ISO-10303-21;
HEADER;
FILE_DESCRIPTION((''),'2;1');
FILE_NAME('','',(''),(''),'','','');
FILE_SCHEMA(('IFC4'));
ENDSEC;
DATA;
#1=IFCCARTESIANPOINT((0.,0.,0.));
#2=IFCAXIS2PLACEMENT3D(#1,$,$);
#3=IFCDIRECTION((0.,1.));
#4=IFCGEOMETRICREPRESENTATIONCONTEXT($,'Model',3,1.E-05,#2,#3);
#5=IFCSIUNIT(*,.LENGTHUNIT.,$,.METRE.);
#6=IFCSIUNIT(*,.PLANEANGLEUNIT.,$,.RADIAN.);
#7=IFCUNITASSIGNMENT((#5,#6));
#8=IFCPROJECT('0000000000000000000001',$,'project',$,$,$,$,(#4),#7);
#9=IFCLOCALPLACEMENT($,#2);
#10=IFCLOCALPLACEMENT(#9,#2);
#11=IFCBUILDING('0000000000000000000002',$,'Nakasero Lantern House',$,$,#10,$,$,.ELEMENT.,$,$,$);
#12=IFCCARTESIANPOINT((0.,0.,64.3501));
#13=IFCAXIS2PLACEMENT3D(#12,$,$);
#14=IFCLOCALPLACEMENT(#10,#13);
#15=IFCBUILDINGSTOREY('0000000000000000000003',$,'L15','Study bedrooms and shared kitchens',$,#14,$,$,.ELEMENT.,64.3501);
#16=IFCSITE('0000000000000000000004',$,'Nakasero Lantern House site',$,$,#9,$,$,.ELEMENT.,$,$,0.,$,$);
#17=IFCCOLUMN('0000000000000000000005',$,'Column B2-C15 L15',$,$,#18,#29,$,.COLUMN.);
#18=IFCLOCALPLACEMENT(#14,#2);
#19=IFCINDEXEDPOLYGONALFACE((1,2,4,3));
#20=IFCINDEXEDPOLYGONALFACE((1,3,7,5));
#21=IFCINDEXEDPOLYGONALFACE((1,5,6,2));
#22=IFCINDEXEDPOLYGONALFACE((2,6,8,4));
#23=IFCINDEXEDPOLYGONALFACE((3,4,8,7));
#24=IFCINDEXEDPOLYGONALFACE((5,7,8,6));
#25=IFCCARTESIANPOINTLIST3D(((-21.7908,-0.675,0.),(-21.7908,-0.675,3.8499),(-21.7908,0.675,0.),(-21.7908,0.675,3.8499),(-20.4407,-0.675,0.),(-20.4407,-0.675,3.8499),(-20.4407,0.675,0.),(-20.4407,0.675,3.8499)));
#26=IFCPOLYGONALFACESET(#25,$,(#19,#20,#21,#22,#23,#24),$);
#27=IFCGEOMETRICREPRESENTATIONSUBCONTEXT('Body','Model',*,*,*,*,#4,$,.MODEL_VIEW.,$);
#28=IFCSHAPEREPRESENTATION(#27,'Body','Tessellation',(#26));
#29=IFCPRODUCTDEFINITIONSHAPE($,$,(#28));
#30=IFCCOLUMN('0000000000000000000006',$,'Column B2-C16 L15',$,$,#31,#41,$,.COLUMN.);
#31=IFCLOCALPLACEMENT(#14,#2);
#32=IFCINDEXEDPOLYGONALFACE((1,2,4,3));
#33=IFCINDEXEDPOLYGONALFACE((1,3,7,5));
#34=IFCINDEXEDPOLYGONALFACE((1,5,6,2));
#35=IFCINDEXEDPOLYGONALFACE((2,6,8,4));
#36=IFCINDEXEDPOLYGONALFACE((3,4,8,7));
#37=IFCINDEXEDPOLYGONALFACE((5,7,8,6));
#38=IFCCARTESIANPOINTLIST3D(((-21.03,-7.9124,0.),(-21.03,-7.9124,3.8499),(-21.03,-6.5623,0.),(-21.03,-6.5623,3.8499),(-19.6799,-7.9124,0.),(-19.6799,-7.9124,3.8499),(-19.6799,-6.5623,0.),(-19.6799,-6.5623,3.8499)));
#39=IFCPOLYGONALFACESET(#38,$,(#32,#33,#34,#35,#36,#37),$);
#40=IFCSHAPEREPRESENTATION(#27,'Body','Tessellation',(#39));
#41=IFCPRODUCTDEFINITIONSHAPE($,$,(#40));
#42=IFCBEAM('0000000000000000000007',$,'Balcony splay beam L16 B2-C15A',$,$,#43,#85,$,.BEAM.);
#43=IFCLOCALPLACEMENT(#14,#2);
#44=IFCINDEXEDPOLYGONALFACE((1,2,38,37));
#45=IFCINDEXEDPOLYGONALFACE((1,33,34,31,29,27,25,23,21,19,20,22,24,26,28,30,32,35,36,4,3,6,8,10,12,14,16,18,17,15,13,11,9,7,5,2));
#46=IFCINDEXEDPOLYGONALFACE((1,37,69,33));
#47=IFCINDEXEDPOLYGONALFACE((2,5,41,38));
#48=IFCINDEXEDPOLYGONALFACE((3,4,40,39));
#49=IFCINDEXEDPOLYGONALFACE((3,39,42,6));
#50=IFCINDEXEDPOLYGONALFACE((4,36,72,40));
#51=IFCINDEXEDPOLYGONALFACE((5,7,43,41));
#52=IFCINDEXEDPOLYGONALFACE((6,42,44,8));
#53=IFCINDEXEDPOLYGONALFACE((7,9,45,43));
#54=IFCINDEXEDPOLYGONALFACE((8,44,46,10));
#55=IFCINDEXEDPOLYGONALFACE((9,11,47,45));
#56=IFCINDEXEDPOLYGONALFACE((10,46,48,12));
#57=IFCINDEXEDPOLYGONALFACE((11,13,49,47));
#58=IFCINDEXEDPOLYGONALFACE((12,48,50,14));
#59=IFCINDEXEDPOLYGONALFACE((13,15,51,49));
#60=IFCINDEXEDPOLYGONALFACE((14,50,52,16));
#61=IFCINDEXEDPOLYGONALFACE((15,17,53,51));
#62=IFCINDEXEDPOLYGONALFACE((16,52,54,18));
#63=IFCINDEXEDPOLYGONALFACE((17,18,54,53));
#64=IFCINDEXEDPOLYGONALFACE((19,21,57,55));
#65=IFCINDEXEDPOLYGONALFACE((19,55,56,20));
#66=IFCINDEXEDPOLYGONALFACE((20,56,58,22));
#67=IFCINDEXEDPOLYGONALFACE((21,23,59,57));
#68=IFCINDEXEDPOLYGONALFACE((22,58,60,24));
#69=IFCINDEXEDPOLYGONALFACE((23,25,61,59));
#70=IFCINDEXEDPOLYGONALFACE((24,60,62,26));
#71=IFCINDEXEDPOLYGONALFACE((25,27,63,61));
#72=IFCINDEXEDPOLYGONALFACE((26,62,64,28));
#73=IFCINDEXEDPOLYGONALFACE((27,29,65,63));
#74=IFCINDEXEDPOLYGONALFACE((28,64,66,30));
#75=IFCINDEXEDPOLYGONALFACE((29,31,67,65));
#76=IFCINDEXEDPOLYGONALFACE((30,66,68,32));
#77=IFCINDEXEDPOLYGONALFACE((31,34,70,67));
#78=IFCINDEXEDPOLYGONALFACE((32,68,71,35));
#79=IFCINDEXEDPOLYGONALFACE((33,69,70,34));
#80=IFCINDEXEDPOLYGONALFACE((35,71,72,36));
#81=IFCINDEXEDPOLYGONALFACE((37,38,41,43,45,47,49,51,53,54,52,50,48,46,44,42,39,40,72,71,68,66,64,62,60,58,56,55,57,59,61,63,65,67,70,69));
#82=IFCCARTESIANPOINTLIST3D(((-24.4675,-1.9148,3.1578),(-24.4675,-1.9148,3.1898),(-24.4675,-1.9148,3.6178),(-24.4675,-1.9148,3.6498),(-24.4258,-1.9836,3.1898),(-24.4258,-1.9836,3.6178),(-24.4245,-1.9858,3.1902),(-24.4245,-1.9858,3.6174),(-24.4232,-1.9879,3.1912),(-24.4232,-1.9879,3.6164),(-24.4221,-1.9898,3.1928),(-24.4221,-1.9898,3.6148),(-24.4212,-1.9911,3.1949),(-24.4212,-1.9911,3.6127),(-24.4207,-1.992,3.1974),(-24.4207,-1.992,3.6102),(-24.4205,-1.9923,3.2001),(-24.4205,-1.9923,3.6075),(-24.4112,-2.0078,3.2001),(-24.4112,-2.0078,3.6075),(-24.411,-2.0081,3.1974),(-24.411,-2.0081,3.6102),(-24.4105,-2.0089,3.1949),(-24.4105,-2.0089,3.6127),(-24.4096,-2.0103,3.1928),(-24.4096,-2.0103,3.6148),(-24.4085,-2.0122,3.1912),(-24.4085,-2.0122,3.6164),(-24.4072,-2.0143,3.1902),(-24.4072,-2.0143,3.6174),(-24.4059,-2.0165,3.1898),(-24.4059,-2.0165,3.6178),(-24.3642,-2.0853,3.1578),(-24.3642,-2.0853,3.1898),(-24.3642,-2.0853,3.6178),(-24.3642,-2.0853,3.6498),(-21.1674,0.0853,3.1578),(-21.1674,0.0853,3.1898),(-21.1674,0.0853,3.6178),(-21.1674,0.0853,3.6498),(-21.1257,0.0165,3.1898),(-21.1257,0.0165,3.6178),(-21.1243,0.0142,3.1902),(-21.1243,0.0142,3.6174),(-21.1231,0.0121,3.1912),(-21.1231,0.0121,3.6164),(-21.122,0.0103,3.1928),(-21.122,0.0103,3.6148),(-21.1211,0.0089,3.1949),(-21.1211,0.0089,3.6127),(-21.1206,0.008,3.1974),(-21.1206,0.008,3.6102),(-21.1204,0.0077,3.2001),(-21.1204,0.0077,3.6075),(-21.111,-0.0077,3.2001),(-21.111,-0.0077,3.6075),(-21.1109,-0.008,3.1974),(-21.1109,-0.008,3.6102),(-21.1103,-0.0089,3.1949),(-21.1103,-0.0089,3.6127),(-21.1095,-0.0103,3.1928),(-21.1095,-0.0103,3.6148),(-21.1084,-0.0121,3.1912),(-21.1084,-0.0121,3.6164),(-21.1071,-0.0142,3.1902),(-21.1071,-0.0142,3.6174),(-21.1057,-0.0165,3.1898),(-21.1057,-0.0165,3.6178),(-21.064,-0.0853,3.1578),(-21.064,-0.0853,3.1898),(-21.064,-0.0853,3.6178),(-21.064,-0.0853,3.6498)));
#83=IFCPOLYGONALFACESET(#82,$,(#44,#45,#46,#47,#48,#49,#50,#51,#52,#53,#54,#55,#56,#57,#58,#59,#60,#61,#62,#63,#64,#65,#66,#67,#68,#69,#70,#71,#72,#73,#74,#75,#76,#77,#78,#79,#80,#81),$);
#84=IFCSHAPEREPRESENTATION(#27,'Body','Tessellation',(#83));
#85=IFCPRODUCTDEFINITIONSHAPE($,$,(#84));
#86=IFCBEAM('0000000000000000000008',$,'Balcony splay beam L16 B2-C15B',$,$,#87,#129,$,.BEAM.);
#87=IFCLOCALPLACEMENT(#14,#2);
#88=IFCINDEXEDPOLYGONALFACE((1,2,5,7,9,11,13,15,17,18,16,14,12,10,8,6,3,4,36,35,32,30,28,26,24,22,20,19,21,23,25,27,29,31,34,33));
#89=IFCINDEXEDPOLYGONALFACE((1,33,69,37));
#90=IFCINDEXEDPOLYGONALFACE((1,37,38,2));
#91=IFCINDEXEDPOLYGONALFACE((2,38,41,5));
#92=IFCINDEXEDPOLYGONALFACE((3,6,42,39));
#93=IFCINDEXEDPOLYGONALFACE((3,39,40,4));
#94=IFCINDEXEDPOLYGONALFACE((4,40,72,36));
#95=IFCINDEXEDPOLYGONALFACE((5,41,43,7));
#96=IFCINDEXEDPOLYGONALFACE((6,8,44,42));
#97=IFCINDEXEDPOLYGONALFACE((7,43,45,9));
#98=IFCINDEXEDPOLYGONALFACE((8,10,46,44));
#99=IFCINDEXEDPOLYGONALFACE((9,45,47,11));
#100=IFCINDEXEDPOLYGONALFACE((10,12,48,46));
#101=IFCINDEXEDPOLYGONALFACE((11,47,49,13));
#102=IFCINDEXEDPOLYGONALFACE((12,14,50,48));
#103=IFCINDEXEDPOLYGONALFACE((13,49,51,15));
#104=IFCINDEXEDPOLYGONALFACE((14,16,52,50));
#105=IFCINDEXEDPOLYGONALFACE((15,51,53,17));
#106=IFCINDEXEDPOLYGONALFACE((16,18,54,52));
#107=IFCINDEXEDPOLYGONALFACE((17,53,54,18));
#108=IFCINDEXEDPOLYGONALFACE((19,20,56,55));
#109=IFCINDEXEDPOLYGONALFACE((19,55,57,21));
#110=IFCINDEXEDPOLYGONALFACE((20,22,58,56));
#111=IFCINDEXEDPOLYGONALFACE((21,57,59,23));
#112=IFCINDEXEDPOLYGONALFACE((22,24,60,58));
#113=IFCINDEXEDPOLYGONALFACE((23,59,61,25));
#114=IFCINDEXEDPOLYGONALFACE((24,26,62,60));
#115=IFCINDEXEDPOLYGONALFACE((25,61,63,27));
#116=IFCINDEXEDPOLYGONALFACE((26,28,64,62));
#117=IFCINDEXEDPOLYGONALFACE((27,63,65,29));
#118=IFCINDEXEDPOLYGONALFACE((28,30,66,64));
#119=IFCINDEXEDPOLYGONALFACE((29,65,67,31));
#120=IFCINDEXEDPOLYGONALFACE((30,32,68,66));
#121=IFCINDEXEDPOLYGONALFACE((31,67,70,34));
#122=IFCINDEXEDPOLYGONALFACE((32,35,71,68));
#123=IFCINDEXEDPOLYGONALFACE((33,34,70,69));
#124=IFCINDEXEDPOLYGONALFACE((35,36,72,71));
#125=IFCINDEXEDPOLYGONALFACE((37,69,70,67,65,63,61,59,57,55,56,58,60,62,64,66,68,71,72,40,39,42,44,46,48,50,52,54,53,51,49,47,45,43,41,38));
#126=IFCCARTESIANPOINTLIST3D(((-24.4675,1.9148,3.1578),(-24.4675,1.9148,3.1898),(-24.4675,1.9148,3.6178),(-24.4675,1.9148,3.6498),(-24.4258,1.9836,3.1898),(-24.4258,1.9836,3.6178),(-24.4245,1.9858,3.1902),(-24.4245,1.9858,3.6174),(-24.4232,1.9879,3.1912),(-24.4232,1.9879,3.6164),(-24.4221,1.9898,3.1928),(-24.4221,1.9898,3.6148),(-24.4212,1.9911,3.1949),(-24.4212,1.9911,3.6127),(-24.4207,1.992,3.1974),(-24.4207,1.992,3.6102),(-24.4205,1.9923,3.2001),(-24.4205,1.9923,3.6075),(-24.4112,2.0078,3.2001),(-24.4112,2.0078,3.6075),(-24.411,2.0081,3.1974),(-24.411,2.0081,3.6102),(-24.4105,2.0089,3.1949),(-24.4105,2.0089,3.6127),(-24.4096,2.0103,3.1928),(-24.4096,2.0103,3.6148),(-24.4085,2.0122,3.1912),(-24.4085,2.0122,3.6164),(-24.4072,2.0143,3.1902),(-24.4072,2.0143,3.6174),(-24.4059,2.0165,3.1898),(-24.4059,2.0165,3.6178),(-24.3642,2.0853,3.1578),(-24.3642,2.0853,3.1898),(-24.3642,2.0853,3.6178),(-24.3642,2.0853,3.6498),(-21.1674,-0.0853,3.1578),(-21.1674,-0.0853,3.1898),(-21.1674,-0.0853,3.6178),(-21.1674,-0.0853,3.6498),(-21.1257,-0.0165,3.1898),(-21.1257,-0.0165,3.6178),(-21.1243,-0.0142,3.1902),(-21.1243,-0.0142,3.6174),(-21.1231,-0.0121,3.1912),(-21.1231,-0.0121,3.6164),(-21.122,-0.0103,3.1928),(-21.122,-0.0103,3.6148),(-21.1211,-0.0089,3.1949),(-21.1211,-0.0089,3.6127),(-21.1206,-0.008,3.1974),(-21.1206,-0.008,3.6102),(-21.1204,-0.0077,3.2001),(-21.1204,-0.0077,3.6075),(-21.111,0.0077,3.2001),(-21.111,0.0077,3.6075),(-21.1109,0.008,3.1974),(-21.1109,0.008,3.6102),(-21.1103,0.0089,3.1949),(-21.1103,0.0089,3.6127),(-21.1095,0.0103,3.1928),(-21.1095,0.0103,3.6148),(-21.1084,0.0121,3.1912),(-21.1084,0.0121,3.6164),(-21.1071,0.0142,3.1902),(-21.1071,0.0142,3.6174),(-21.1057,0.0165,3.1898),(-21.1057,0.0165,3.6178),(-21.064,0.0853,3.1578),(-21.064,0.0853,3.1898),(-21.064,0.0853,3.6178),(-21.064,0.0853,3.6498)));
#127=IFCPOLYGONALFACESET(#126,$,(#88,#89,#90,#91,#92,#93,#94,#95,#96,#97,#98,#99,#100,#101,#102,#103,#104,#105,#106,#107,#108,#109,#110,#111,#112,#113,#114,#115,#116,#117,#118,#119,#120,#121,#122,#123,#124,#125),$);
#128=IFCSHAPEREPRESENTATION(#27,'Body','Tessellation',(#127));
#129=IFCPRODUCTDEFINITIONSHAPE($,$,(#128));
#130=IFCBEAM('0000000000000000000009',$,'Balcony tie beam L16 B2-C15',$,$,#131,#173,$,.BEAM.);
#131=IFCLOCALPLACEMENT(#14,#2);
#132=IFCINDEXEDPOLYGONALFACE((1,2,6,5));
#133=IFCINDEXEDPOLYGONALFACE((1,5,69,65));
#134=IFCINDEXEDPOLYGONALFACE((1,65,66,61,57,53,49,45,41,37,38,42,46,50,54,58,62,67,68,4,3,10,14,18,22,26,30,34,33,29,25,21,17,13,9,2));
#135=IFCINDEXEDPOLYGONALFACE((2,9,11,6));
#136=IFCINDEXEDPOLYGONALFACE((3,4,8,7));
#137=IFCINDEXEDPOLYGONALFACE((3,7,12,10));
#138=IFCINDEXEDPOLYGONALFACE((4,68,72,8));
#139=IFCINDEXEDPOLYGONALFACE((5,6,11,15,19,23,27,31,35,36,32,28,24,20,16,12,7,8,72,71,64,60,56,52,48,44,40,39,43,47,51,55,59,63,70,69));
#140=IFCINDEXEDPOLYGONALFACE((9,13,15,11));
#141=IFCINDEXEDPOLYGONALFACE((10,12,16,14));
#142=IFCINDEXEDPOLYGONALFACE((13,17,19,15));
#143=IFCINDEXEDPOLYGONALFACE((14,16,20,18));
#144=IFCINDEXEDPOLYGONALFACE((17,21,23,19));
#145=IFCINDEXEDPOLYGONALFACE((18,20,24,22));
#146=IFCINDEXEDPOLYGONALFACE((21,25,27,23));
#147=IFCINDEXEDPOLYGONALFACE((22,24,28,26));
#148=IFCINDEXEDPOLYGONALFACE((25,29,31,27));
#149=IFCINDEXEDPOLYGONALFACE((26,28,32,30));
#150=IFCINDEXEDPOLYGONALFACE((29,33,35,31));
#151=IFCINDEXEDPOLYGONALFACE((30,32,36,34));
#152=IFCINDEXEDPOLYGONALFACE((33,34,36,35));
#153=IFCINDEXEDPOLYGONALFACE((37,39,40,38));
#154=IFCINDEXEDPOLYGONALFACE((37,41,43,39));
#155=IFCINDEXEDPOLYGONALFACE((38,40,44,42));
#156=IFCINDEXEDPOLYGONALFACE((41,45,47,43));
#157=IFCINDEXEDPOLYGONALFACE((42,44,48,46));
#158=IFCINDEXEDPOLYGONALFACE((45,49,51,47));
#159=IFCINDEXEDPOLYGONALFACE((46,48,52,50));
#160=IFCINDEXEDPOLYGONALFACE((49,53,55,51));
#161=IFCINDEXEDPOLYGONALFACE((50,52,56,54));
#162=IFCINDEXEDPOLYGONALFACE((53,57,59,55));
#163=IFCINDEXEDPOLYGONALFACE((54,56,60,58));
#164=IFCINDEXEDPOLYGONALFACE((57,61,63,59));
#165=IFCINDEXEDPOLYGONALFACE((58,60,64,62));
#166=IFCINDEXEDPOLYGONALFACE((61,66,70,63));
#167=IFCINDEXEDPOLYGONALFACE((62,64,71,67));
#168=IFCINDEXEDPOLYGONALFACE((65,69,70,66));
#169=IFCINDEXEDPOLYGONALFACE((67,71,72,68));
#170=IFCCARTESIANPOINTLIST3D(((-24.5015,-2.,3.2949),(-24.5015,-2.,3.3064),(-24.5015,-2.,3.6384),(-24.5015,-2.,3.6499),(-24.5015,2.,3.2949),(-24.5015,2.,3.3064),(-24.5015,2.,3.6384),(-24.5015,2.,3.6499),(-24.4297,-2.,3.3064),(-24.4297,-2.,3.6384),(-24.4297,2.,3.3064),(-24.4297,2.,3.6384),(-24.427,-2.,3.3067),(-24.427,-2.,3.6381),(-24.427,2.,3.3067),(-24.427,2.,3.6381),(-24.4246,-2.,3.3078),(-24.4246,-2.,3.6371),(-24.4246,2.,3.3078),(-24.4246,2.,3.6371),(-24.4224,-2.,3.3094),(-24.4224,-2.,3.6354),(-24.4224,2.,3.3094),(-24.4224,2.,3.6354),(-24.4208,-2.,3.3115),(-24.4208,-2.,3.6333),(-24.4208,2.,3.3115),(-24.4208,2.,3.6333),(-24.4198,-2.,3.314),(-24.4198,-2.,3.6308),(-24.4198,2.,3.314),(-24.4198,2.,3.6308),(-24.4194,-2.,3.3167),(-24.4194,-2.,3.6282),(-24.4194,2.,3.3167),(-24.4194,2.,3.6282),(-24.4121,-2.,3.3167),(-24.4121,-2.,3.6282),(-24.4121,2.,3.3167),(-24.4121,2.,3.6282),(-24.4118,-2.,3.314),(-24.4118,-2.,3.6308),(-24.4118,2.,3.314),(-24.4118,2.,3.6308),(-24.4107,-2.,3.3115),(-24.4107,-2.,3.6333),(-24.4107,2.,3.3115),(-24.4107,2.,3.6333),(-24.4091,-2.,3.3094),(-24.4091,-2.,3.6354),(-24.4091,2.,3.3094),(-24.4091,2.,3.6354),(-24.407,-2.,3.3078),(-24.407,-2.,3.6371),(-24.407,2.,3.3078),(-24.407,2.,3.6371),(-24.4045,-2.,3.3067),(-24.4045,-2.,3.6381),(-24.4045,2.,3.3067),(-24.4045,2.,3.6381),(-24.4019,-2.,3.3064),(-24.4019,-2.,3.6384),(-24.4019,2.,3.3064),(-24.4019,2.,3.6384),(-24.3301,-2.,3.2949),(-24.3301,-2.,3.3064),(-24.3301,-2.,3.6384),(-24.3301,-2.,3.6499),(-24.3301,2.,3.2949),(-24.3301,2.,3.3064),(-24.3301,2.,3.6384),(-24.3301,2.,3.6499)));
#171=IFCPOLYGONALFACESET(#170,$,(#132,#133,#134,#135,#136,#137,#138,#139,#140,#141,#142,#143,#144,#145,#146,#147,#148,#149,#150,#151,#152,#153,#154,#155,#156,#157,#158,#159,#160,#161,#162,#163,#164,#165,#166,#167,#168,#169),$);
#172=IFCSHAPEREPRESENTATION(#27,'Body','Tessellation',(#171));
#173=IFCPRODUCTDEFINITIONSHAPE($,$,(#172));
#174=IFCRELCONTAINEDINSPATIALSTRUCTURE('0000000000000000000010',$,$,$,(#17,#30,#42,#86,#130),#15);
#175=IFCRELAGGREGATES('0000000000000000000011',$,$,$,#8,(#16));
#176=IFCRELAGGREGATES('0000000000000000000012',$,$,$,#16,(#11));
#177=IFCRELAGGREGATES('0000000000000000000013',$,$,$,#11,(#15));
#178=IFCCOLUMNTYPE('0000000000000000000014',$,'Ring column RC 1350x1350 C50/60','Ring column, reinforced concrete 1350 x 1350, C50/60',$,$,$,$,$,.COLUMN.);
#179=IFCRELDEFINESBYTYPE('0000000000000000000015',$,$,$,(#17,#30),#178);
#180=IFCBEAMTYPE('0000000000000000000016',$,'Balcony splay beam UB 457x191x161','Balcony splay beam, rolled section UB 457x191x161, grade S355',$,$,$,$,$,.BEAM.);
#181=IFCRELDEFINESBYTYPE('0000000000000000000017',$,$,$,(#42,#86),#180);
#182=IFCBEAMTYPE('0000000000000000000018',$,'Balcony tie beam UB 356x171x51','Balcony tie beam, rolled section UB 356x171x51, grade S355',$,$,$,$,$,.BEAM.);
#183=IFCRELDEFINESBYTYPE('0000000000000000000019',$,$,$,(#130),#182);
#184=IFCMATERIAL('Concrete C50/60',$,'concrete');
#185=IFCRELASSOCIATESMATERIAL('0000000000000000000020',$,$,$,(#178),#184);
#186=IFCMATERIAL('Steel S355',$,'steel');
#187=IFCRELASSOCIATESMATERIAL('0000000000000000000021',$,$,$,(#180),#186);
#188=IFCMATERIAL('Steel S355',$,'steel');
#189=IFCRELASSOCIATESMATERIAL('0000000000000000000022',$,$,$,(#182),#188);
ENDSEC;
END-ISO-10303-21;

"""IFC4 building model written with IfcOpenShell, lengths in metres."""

from ifc_helpers import new_model, si_unit, direction, frame, origin, origin_2d, place, context, subcontext, project, spatial, rectangle, i_section, extrude, material, material_profile, profile_set, type_object, element, save


model = new_model("IFC4")

# Units and contexts
model_context = context("Model", 3, precision=1e-05, world=origin(), true_north=direction((0.0, 1.0)))
body_context = subcontext(model_context, "Body", "Model", "MODEL_VIEW")
ifc_project = project(units=[si_unit("LENGTHUNIT", "METRE"), si_unit("PLANEANGLEUNIT", "RADIAN")], contexts=[model_context])

# Site, building, storey
site_placement = place(None, origin())
site = spatial("IfcSite", under=ifc_project, at=site_placement, Name="Nakasero Lantern House site", CompositionType="ELEMENT", RefElevation=0.0)
building_placement = place(site_placement, origin())
building = spatial("IfcBuilding", under=site, at=building_placement, Name="Nakasero Lantern House", CompositionType="ELEMENT")
storey_placement = place(building_placement, frame((0.0, 0.0, 64.3501)))
storey = spatial("IfcBuildingStorey", under=building, at=storey_placement, Name="L15", Description="Study bedrooms and shared kitchens", CompositionType="ELEMENT", Elevation=64.3501)

# Columns
ifc_material_1 = material(Name="Concrete C50/60", Category="concrete")
ifc_material_profile_1 = material_profile(ifc_material_1, rectangle(XDim=1.3501, YDim=1.3501, at=origin_2d()), Name="RC 1350x1350")
ifc_profile_set_1 = profile_set([ifc_material_profile_1], Name="Concrete C50/60")
column_type = type_object("IfcColumnType", Name="Ring column RC 1350x1350 C50/60", Description="Ring column, reinforced concrete 1350 x 1350, C50/60", PredefinedType="COLUMN", material=ifc_profile_set_1)
for number, where, z_axis, x_axis, name in (
    (1, (-21.1157, 0.0, 0.0), (0.0, 0.0, 1.0), (1.0, 0.0, 0.0), "Column B2-C15 L15"),
    (2, (-20.355, -7.2373, 0.0), (0.0, 0.0, 1.0), (1.0, 0.0, 0.0), "Column B2-C16 L15"),
):
    element("IfcColumn", number, at=place(storey_placement, frame(where, z_axis=z_axis, x_axis=x_axis)), inside=storey, type_object=column_type, Name=name, PredefinedType="COLUMN", context=body_context, shape_type="SweptSolid", body=[
        extrude(rectangle(XDim=1.3501, YDim=1.3501, at=origin_2d()), origin(), (0.0, 0.0, 1.0), 3.8499),
    ])

# Beams
ifc_material_2 = material(Name="Steel S355", Category="steel")
ifc_material_profile_2 = material_profile(ifc_material_2, i_section(OverallWidth=0.1995, OverallDepth=0.4919, WebThickness=0.0181, FlangeThickness=0.032, FilletRadius=0.0103, at=origin_2d()), Name="UB 457x191x161")
ifc_profile_set_2 = profile_set([ifc_material_profile_2], Name="Steel S355")
beam_type_1 = type_object("IfcBeamType", Name="Balcony splay beam UB 457x191x161", Description="Balcony splay beam, rolled section UB 457x191x161, grade S355", PredefinedType="BEAM", material=ifc_profile_set_2)
for number, where, z_axis, x_axis, name in (
    (3, (-21.1157, 0.0, 3.4038), (-0.855201, -0.518296, 0.0), (0.518296, -0.855201, 0.0), "Balcony splay beam L16 B2-C15A"),
    (4, (-21.1157, 0.0, 3.4038), (-0.855201, 0.518296, 0.0), (-0.518296, -0.855201, 0.0), "Balcony splay beam L16 B2-C15B"),
):
    element("IfcBeam", number, at=place(storey_placement, frame(where, z_axis=z_axis, x_axis=x_axis)), inside=storey, type_object=beam_type_1, Name=name, PredefinedType="BEAM", context=body_context, shape_type="SweptSolid", body=[
        extrude(i_section(OverallWidth=0.1995, OverallDepth=0.4919, WebThickness=0.0181, FlangeThickness=0.032, FilletRadius=0.0103, at=origin_2d()), origin(), (0.0, 0.0, 1.0), 3.8589),
    ])
ifc_material_3 = material(Name="Steel S355", Category="steel")
ifc_material_profile_3 = material_profile(ifc_material_3, i_section(OverallWidth=0.1714, OverallDepth=0.355, WebThickness=0.0073, FlangeThickness=0.0115, FilletRadius=0.0103, at=origin_2d()), Name="UB 356x171x51")
ifc_profile_set_3 = profile_set([ifc_material_profile_3], Name="Steel S355")
beam_type_2 = type_object("IfcBeamType", Name="Balcony tie beam UB 356x171x51", Description="Balcony tie beam, rolled section UB 356x171x51, grade S355", PredefinedType="BEAM", material=ifc_profile_set_3)
beam_1_placement = place(storey_placement, frame((-24.4158, -2.0, 3.4724), z_axis=(0.0, 1.0, 0.0), x_axis=(-1.0, 0.0, 0.0)))
element("IfcBeam", 5, at=beam_1_placement, inside=storey, type_object=beam_type_2, Name="Balcony tie beam L16 B2-C15", PredefinedType="BEAM", context=body_context, shape_type="SweptSolid", body=[
    extrude(i_section(OverallWidth=0.1714, OverallDepth=0.355, WebThickness=0.0073, FlangeThickness=0.0115, FilletRadius=0.0103, at=origin_2d()), origin(), (0.0, 0.0, 1.0), 4.0),
])

save(model, "model.ifc")
